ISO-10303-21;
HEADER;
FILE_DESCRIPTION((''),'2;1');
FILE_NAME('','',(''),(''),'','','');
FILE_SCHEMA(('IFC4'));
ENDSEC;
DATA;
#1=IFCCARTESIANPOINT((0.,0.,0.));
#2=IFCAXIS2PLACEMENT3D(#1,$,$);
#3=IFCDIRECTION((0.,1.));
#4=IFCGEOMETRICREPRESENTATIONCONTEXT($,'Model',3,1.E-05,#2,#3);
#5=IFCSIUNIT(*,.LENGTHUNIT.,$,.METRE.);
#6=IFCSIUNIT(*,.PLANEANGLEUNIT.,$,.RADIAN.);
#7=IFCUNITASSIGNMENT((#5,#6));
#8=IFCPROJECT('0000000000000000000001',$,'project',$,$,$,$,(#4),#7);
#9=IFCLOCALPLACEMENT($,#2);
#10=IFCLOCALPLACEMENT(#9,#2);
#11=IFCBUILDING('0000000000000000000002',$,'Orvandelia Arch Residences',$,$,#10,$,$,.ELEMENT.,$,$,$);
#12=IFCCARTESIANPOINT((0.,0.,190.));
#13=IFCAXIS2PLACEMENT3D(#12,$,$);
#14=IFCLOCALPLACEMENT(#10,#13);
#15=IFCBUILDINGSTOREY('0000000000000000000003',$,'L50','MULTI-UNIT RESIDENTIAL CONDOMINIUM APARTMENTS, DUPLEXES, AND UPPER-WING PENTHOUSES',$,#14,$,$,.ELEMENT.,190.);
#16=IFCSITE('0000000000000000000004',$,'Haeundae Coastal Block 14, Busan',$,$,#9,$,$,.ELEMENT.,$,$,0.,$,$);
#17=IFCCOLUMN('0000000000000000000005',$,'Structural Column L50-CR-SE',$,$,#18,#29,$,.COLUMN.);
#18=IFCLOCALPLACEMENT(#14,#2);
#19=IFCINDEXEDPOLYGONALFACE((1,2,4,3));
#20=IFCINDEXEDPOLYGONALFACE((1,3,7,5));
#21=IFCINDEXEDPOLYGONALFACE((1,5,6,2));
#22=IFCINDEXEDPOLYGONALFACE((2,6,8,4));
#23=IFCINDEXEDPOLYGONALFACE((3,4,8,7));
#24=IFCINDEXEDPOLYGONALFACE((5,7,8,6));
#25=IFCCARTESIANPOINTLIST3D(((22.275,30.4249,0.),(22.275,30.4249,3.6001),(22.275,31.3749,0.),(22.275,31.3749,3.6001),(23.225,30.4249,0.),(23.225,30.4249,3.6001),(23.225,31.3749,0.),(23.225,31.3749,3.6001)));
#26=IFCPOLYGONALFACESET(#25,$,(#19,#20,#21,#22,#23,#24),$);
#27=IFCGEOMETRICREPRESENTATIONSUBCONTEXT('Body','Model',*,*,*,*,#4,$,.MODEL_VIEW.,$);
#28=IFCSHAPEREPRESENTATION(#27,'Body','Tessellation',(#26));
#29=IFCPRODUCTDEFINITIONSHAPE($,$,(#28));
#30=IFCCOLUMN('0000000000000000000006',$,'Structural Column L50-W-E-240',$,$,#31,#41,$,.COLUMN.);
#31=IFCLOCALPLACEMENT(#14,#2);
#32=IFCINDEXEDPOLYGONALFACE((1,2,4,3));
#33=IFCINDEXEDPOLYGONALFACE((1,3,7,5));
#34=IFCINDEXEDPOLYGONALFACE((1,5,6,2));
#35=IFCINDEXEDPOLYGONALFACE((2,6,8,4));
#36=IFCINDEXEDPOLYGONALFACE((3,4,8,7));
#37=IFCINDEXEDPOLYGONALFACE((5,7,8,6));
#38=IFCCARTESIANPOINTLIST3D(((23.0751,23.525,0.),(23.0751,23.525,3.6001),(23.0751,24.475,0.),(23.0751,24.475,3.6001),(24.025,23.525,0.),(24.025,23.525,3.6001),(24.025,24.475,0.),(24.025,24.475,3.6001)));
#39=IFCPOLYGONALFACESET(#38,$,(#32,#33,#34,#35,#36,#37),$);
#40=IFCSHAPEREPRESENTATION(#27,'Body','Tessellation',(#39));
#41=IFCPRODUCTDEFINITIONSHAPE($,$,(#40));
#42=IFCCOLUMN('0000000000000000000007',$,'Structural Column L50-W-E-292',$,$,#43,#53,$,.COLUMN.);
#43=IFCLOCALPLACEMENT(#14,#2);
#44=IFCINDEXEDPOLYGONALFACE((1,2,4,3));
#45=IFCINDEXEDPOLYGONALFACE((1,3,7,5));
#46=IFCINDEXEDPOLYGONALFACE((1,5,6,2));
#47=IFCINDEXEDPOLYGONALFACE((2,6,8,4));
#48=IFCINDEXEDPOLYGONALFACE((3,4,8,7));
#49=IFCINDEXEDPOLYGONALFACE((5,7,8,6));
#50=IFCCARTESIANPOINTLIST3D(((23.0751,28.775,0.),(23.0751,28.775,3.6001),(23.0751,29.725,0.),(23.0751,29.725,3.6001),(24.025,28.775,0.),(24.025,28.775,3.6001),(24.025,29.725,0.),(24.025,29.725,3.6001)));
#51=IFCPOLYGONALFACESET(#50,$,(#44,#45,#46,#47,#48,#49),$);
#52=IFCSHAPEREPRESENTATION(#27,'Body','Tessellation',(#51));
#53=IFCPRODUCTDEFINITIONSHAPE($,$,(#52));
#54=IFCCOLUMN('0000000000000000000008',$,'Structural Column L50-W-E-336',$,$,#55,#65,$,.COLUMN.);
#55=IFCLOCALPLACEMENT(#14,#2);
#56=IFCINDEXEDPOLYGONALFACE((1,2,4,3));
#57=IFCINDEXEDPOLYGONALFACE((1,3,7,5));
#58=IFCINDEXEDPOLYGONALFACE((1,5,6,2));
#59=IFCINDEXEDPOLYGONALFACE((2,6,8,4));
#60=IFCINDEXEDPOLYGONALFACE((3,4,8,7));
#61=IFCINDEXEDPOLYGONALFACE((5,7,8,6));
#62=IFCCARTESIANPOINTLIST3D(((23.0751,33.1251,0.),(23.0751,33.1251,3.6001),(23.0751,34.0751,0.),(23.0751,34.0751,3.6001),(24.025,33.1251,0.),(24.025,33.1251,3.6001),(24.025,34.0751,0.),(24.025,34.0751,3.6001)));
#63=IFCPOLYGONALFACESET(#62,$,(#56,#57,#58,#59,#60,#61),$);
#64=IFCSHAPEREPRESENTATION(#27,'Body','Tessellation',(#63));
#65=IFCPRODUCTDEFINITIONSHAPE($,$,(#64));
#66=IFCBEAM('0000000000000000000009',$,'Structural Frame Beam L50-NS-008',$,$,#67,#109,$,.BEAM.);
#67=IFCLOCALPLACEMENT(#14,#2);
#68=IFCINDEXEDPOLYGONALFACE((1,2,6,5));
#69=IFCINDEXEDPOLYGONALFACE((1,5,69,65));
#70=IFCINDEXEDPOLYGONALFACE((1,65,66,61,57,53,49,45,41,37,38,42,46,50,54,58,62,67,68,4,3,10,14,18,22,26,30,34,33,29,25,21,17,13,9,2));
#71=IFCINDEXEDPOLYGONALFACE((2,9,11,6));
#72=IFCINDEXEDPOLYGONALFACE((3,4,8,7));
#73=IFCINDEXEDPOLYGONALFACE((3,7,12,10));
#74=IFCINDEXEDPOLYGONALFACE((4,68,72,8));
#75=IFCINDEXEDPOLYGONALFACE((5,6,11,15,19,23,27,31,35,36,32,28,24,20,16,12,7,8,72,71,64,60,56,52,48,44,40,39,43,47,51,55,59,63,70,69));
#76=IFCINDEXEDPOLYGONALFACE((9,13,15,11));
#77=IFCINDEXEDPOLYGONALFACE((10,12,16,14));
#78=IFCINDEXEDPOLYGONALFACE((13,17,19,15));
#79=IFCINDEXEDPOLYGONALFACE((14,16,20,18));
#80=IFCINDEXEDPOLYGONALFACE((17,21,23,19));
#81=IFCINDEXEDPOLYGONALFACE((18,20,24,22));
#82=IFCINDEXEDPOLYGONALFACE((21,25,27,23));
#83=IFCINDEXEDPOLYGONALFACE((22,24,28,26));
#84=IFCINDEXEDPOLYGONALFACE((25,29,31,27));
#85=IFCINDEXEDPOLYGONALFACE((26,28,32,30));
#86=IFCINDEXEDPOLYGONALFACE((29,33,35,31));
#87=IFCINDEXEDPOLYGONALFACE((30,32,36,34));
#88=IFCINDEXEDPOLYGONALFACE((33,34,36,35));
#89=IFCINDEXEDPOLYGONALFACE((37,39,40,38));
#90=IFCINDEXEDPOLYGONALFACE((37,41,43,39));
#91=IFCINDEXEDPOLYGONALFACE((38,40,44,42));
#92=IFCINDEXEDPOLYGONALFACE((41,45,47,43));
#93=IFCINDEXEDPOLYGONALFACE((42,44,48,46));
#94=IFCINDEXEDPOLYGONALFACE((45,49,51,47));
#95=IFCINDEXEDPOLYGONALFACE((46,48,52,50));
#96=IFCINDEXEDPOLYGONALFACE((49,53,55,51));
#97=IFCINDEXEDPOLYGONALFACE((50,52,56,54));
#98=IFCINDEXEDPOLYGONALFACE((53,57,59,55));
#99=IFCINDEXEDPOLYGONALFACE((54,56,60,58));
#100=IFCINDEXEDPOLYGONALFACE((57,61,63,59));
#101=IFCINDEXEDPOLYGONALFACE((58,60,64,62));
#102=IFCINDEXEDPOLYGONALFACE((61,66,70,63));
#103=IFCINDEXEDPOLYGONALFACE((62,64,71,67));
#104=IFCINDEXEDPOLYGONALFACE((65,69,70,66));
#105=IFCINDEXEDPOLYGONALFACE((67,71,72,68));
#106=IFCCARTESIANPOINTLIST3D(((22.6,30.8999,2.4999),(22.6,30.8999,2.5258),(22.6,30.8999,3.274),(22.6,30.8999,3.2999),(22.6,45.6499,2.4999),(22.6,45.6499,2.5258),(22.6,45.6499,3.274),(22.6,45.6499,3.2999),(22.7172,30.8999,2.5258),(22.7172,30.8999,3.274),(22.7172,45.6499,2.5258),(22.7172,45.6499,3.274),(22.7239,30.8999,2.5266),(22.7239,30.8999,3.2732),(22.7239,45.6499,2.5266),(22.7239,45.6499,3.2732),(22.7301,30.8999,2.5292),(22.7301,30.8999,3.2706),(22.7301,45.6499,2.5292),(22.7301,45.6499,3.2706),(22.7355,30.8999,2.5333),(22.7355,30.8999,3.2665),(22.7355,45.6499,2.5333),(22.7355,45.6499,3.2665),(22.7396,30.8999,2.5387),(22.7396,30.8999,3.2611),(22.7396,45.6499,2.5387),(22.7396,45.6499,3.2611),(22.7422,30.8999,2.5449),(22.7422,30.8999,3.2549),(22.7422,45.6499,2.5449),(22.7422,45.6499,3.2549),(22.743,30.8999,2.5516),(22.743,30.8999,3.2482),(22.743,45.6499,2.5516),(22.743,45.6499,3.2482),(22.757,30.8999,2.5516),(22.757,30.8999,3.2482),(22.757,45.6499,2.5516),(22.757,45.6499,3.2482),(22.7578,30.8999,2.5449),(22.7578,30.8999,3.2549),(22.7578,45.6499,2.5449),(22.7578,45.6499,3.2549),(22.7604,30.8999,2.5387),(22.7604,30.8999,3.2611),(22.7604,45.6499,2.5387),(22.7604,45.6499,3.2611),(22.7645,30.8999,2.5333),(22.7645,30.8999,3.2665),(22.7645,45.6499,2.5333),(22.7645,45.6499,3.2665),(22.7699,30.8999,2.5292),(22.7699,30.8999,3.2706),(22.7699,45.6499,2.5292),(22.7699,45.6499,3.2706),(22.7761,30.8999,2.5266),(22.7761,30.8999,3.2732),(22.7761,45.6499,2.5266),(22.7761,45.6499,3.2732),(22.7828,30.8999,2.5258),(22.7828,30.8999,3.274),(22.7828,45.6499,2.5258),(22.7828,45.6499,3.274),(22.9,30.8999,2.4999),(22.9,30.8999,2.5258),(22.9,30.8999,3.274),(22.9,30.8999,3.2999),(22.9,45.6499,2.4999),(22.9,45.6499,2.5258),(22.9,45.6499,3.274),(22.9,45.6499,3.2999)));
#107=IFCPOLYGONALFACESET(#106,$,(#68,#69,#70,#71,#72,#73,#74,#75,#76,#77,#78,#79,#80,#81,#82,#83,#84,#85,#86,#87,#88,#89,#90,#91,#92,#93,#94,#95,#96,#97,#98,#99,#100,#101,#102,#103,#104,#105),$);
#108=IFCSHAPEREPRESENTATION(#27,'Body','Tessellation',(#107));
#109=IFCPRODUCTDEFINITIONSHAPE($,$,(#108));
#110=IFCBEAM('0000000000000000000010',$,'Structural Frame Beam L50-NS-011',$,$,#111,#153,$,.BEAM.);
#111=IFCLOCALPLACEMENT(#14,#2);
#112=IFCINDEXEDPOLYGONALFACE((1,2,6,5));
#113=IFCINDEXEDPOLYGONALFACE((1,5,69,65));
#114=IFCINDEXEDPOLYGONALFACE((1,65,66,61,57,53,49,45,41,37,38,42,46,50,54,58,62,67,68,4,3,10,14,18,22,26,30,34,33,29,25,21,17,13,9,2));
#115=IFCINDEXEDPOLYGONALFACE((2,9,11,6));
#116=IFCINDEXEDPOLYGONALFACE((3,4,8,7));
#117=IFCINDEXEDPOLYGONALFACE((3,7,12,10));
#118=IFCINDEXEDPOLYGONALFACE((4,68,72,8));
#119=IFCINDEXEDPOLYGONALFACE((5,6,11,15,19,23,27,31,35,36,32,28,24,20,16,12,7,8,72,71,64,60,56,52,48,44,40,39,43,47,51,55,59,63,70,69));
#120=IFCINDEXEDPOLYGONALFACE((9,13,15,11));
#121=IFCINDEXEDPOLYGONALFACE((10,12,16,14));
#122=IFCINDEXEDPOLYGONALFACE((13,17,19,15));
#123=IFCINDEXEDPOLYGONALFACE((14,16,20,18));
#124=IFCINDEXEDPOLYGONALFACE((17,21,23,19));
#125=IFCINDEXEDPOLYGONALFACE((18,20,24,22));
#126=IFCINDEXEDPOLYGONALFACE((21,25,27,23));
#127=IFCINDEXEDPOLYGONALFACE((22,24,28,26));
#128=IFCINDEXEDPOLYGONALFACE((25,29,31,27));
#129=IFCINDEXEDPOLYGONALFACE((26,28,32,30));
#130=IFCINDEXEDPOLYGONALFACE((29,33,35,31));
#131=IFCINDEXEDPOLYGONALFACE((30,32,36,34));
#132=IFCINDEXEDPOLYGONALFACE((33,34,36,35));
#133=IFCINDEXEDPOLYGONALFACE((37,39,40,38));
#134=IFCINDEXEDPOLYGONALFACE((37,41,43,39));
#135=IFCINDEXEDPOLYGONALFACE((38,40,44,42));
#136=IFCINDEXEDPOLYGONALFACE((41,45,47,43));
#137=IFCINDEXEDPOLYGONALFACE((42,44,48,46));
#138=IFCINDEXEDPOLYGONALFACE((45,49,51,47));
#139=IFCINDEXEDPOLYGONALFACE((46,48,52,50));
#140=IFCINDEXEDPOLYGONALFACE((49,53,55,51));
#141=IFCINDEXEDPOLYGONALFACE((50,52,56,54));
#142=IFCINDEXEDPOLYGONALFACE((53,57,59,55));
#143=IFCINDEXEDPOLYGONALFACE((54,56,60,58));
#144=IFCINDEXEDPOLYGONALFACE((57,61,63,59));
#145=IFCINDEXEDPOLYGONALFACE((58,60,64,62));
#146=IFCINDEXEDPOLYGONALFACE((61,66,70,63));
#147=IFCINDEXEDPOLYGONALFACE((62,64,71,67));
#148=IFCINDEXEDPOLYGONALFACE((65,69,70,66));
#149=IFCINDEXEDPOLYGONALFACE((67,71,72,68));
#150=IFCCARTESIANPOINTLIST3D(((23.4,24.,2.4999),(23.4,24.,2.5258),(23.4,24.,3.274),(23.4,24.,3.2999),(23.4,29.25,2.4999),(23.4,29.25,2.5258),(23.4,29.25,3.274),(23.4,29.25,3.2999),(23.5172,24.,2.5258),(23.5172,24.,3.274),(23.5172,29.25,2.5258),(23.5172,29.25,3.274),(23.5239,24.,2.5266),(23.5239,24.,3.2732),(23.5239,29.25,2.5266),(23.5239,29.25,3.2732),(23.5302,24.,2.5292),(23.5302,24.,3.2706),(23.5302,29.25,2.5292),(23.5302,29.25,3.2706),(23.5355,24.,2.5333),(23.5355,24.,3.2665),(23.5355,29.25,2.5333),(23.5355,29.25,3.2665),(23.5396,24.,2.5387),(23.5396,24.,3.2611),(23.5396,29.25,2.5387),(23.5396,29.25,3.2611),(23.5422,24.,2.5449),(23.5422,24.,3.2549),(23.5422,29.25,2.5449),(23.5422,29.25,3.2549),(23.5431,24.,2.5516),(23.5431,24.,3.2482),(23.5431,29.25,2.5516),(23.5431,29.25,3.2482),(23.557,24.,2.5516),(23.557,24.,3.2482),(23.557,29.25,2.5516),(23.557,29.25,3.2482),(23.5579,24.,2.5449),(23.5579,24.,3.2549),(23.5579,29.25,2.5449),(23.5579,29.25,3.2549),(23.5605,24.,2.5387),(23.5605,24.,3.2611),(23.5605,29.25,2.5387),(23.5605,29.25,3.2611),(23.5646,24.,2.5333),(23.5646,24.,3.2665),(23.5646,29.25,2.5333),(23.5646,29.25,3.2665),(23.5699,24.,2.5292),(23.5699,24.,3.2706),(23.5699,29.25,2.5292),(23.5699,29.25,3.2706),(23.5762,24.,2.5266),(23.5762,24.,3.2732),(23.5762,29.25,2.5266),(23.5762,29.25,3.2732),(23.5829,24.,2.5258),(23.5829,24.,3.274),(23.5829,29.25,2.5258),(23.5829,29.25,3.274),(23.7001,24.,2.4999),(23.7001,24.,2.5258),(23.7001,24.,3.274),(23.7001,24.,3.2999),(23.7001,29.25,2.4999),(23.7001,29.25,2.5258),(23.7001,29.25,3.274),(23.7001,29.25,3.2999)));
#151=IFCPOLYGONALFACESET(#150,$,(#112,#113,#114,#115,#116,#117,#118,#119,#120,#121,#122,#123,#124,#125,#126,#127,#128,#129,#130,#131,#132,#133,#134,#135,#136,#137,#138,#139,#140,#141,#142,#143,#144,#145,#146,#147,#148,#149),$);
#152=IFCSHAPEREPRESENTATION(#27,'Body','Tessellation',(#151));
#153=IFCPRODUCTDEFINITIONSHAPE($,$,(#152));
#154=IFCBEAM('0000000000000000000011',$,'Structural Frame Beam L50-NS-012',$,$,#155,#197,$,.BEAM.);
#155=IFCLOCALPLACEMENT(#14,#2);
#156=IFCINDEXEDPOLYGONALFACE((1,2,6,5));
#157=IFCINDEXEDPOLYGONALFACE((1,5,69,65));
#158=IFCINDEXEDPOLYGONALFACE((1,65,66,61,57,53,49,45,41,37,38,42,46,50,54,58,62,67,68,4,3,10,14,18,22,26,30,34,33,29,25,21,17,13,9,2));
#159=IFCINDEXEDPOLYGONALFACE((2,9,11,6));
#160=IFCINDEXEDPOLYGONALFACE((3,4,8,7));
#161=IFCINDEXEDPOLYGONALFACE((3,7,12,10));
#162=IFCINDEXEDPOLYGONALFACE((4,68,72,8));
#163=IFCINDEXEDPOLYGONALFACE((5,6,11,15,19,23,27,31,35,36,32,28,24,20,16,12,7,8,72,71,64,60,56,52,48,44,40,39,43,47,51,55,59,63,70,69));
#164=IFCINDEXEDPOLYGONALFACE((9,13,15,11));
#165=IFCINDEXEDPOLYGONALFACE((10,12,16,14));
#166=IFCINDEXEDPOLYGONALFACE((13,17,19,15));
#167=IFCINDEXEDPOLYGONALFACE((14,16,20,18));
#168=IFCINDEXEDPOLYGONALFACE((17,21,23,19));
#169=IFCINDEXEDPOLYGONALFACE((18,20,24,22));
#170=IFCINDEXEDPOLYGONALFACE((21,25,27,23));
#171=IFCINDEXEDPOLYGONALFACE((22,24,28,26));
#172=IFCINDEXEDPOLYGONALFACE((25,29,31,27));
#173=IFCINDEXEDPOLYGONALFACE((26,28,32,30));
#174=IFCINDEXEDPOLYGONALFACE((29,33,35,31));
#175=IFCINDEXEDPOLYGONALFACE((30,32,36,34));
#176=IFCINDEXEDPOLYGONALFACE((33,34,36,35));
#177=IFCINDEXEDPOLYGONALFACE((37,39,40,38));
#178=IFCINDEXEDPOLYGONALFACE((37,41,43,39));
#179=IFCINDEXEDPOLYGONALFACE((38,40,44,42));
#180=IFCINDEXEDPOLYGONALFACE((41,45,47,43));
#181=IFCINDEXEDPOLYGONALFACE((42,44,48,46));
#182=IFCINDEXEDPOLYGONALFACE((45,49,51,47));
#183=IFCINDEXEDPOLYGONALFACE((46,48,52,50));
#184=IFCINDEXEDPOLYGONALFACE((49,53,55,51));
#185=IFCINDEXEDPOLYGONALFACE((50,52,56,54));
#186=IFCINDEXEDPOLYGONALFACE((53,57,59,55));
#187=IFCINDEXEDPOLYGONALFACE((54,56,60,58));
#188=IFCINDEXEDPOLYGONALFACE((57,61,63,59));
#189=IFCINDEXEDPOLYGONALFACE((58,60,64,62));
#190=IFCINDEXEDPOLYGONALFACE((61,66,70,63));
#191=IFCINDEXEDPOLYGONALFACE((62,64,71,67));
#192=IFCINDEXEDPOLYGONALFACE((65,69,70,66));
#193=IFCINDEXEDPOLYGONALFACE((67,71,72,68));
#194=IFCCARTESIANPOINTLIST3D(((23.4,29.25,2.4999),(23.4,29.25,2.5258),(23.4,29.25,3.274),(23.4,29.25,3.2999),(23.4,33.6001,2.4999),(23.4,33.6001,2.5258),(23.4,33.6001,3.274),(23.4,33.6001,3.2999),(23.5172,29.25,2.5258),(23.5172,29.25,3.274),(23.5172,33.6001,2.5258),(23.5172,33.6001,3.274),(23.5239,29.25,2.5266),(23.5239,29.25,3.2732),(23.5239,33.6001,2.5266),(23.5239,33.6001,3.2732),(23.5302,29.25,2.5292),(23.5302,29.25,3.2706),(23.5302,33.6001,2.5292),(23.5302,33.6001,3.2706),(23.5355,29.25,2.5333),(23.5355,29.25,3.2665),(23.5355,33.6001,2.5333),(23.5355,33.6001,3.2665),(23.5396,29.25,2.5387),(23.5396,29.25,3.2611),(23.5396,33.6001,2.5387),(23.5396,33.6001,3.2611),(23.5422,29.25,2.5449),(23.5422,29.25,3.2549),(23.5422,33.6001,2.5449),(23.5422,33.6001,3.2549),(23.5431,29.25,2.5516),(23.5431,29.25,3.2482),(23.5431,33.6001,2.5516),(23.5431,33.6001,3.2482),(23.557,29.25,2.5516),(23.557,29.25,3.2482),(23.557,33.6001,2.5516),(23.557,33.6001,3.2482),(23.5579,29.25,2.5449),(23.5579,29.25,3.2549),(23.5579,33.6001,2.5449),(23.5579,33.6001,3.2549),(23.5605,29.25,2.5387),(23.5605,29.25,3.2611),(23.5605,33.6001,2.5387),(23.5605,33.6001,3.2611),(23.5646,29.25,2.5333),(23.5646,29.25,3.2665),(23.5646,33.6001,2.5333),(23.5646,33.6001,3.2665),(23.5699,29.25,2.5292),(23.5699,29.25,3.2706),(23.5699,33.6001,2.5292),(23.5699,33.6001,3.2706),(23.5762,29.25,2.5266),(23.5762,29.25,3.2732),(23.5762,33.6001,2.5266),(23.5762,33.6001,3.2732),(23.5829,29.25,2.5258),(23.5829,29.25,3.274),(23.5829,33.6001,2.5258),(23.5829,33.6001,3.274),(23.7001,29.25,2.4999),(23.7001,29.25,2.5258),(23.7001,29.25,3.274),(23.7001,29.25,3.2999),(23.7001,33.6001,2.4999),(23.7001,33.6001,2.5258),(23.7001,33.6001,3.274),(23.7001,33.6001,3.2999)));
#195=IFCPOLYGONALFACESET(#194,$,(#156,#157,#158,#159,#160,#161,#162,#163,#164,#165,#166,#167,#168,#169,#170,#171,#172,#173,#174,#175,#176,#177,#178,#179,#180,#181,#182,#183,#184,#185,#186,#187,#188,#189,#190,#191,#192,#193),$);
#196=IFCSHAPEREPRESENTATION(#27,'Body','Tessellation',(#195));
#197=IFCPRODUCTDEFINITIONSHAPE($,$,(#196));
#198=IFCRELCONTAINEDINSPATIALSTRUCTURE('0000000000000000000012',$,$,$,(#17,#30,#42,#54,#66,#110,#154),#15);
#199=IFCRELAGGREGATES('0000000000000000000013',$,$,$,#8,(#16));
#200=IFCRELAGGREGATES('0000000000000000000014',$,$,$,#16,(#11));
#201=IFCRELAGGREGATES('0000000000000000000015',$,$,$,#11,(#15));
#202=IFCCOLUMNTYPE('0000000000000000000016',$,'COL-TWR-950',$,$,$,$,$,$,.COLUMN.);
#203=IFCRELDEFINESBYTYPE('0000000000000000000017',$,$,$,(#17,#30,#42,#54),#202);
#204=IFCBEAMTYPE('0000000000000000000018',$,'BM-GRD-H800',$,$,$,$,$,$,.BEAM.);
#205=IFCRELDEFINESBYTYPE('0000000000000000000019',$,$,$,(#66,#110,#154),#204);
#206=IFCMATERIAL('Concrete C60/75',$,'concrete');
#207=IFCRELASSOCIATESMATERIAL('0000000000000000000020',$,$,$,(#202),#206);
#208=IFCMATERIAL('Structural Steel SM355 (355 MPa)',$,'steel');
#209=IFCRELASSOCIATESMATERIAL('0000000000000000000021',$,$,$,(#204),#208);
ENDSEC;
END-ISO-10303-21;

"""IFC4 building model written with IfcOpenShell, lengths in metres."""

from ifc_helpers import new_model, si_unit, direction, frame, origin, origin_2d, place, context, subcontext, project, spatial, rectangle, i_section, extrude, material, material_profile, profile_set, type_object, element, save


model = new_model("IFC4")

# Units and contexts
model_context = context("Model", 3, precision=1e-05, world=origin(), true_north=direction((0.0, 1.0)))
body_context = subcontext(model_context, "Body", "Model", "MODEL_VIEW")
ifc_project = project(units=[si_unit("LENGTHUNIT", "METRE"), si_unit("PLANEANGLEUNIT", "RADIAN")], contexts=[model_context])

# Site, building, storey
site_placement = place(None, origin())
site = spatial("IfcSite", under=ifc_project, at=site_placement, Name="Haeundae Coastal Block 14, Busan", CompositionType="ELEMENT", RefElevation=0.0)
building_placement = place(site_placement, origin())
building = spatial("IfcBuilding", under=site, at=building_placement, Name="Orvandelia Arch Residences", CompositionType="ELEMENT")
storey_placement = place(building_placement, frame((0.0, 0.0, 190.0)))
storey = spatial("IfcBuildingStorey", under=building, at=storey_placement, Name="L50", Description="MULTI-UNIT RESIDENTIAL CONDOMINIUM APARTMENTS, DUPLEXES, AND UPPER-WING PENTHOUSES", CompositionType="ELEMENT", Elevation=190.0)

# Columns
ifc_material_1 = material(Name="Concrete C60/75", Category="concrete")
ifc_material_profile_1 = material_profile(ifc_material_1, rectangle(XDim=0.95, YDim=0.95, at=origin_2d()), Name="Concrete C60/75", Category="concrete")
ifc_profile_set_1 = profile_set([ifc_material_profile_1], Name="Concrete C60/75")
column_type = type_object("IfcColumnType", Name="COL-TWR-950", PredefinedType="COLUMN", material=ifc_profile_set_1)
for number, where, z_axis, x_axis, name in (
    (1, (22.75, 30.8999, 0.0), (0.0, 0.0, 1.0), (1.0, 0.0, 0.0), "Structural Column L50-CR-SE"),
    (2, (23.55, 24.0, 0.0), (0.0, 0.0, 1.0), (1.0, 0.0, 0.0), "Structural Column L50-W-E-240"),
    (3, (23.55, 29.25, 0.0), (0.0, 0.0, 1.0), (1.0, 0.0, 0.0), "Structural Column L50-W-E-292"),
    (4, (23.55, 33.6001, 0.0), (0.0, 0.0, 1.0), (1.0, 0.0, 0.0), "Structural Column L50-W-E-336"),
):
    element("IfcColumn", number, at=place(storey_placement, frame(where, z_axis=z_axis, x_axis=x_axis)), inside=storey, type_object=column_type, Name=name, PredefinedType="COLUMN", context=body_context, shape_type="SweptSolid", body=[
        extrude(rectangle(XDim=0.95, YDim=0.95, at=origin_2d()), origin(), (0.0, 0.0, 1.0), 3.6001),
    ])

# Beams
ifc_material_2 = material(Name="Structural Steel SM355 (355 MPa)", Category="steel")
ifc_material_profile_2 = material_profile(ifc_material_2, i_section(OverallWidth=0.3, OverallDepth=0.8, WebThickness=0.0139, FlangeThickness=0.0259, FilletRadius=0.0259, at=origin_2d()), Name="Structural Steel SM355 (355 MPa)", Category="steel")
ifc_profile_set_2 = profile_set([ifc_material_profile_2], Name="Structural Steel SM355 (355 MPa)")
beam_type_1 = type_object("IfcBeamType", Name="BM-GRD-H800", PredefinedType="BEAM", material=ifc_profile_set_2)
beam_1_placement = place(storey_placement, frame((22.75, 30.8999, 2.8999), z_axis=(0.0, 1.0, 0.0), x_axis=(-1.0, 0.0, 0.0)))
element("IfcBeam", 5, at=beam_1_placement, inside=storey, type_object=beam_type_1, Name="Structural Frame Beam L50-NS-008", PredefinedType="BEAM", context=body_context, shape_type="SweptSolid", body=[
    extrude(i_section(OverallWidth=0.3, OverallDepth=0.8, WebThickness=0.0139, FlangeThickness=0.0259, FilletRadius=0.0259, at=origin_2d()), origin(), (0.0, 0.0, 1.0), 14.75),
])
beam_2_placement = place(storey_placement, frame((23.55, 24.0, 2.8999), z_axis=(0.0, 1.0, 0.0), x_axis=(-1.0, 0.0, 0.0)))
element("IfcBeam", 6, at=beam_2_placement, inside=storey, type_object=beam_type_1, Name="Structural Frame Beam L50-NS-011", PredefinedType="BEAM", context=body_context, shape_type="SweptSolid", body=[
    extrude(i_section(OverallWidth=0.3, OverallDepth=0.8, WebThickness=0.0139, FlangeThickness=0.0259, FilletRadius=0.0259, at=origin_2d()), origin(), (0.0, 0.0, 1.0), 5.25),
])
beam_3_placement = place(storey_placement, frame((23.55, 29.25, 2.8999), z_axis=(0.0, 1.0, 0.0), x_axis=(-1.0, 0.0, 0.0)))
element("IfcBeam", 7, at=beam_3_placement, inside=storey, type_object=beam_type_1, Name="Structural Frame Beam L50-NS-012", PredefinedType="BEAM", context=body_context, shape_type="SweptSolid", body=[
    extrude(i_section(OverallWidth=0.3, OverallDepth=0.8, WebThickness=0.0139, FlangeThickness=0.0259, FilletRadius=0.0259, at=origin_2d()), origin(), (0.0, 0.0, 1.0), 4.3501),
])

save(model, "model.ifc")
